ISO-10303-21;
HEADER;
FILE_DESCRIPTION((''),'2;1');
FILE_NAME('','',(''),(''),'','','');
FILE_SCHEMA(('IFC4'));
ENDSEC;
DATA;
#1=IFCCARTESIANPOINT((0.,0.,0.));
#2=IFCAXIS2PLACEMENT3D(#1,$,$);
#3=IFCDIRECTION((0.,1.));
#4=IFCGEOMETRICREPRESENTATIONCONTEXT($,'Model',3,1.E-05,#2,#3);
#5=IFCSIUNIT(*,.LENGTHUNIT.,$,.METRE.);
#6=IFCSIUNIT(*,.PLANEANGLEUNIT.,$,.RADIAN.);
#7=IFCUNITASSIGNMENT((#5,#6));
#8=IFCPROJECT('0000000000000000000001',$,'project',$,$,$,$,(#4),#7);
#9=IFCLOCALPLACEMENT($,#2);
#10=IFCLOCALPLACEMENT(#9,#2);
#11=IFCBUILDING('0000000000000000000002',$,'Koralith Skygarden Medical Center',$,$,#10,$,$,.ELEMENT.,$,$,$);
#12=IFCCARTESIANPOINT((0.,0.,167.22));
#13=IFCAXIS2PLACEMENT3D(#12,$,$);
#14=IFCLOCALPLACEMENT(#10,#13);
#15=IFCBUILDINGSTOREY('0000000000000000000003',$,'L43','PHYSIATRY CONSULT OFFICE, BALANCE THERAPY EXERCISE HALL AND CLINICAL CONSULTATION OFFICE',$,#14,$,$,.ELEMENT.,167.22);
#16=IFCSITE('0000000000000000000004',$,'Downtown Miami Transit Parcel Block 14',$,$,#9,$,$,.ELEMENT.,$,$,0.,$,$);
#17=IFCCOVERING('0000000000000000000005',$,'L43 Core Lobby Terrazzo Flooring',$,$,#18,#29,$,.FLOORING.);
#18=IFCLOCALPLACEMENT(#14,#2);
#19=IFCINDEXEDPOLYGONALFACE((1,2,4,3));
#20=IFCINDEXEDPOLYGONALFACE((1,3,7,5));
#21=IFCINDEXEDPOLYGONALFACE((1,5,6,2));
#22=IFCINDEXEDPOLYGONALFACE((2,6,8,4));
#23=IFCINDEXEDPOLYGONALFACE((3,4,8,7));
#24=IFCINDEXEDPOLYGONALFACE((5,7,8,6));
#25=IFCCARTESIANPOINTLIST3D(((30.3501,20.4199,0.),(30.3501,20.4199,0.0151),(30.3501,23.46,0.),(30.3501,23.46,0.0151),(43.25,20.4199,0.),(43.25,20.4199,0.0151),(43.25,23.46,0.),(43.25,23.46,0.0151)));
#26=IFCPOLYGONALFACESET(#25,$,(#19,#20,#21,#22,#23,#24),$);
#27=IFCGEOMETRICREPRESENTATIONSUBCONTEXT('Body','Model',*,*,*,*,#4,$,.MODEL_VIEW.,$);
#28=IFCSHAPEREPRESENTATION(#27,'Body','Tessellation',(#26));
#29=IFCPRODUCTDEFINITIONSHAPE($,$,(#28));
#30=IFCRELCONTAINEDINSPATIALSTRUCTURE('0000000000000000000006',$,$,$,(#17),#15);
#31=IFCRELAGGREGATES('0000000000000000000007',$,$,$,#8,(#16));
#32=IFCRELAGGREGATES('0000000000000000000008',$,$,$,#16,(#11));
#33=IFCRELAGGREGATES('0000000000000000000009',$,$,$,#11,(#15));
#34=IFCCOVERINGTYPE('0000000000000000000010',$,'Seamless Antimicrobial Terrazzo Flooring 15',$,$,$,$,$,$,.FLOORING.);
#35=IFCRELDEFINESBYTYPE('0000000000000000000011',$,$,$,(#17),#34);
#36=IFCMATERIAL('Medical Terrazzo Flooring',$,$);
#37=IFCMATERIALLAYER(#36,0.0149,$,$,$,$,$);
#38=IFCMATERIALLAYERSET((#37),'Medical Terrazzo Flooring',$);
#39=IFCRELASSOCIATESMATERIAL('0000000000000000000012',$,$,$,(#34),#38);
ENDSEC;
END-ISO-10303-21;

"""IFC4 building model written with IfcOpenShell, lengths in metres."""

from ifc_helpers import new_model, si_unit, direction, frame, origin, place, context, subcontext, project, spatial, polyline, outline, extrude, material, layer, layer_set, type_object, element, save


model = new_model("IFC4")

# Units and contexts
model_context = context("Model", 3, precision=1e-05, world=origin(), true_north=direction((0.0, 1.0)))
body_context = subcontext(model_context, "Body", "Model", "MODEL_VIEW")
ifc_project = project(units=[si_unit("LENGTHUNIT", "METRE"), si_unit("PLANEANGLEUNIT", "RADIAN")], contexts=[model_context])

# Site, building, storey
site_placement = place(None, origin())
site = spatial("IfcSite", under=ifc_project, at=site_placement, Name="Downtown Miami Transit Parcel Block 14", CompositionType="ELEMENT", RefElevation=0.0)
building_placement = place(site_placement, origin())
building = spatial("IfcBuilding", under=site, at=building_placement, Name="Koralith Skygarden Medical Center", CompositionType="ELEMENT")
storey_placement = place(building_placement, frame((0.0, 0.0, 167.22)))
storey = spatial("IfcBuildingStorey", under=building, at=storey_placement, Name="L43", Description="PHYSIATRY CONSULT OFFICE, BALANCE THERAPY EXERCISE HALL AND CLINICAL CONSULTATION OFFICE", CompositionType="ELEMENT", Elevation=167.22)

# Covering
ifc_material_1 = material(Name="Medical Terrazzo Flooring")
ifc_layer_1 = layer(ifc_material_1, 0.0149)
ifc_layer_set_1 = layer_set([ifc_layer_1], Name="Medical Terrazzo Flooring")
covering_type_1 = type_object("IfcCoveringType", Name="Seamless Antimicrobial Terrazzo Flooring 15", PredefinedType="FLOORING", material=ifc_layer_set_1)
covering_1_placement = place(storey_placement, origin())
element("IfcCovering", 1, at=covering_1_placement, inside=storey, type_object=covering_type_1, Name="L43 Core Lobby Terrazzo Flooring", PredefinedType="FLOORING", context=body_context, shape_type="SweptSolid", body=[
    extrude(outline(polyline([(30.3501, 20.4199), (43.25, 20.4199), (43.25, 23.46), (30.3501, 23.46), (30.3501, 20.4199)])), origin(), (0.0, 0.0, 1.0), 0.0151),
])

save(model, "model.ifc")
